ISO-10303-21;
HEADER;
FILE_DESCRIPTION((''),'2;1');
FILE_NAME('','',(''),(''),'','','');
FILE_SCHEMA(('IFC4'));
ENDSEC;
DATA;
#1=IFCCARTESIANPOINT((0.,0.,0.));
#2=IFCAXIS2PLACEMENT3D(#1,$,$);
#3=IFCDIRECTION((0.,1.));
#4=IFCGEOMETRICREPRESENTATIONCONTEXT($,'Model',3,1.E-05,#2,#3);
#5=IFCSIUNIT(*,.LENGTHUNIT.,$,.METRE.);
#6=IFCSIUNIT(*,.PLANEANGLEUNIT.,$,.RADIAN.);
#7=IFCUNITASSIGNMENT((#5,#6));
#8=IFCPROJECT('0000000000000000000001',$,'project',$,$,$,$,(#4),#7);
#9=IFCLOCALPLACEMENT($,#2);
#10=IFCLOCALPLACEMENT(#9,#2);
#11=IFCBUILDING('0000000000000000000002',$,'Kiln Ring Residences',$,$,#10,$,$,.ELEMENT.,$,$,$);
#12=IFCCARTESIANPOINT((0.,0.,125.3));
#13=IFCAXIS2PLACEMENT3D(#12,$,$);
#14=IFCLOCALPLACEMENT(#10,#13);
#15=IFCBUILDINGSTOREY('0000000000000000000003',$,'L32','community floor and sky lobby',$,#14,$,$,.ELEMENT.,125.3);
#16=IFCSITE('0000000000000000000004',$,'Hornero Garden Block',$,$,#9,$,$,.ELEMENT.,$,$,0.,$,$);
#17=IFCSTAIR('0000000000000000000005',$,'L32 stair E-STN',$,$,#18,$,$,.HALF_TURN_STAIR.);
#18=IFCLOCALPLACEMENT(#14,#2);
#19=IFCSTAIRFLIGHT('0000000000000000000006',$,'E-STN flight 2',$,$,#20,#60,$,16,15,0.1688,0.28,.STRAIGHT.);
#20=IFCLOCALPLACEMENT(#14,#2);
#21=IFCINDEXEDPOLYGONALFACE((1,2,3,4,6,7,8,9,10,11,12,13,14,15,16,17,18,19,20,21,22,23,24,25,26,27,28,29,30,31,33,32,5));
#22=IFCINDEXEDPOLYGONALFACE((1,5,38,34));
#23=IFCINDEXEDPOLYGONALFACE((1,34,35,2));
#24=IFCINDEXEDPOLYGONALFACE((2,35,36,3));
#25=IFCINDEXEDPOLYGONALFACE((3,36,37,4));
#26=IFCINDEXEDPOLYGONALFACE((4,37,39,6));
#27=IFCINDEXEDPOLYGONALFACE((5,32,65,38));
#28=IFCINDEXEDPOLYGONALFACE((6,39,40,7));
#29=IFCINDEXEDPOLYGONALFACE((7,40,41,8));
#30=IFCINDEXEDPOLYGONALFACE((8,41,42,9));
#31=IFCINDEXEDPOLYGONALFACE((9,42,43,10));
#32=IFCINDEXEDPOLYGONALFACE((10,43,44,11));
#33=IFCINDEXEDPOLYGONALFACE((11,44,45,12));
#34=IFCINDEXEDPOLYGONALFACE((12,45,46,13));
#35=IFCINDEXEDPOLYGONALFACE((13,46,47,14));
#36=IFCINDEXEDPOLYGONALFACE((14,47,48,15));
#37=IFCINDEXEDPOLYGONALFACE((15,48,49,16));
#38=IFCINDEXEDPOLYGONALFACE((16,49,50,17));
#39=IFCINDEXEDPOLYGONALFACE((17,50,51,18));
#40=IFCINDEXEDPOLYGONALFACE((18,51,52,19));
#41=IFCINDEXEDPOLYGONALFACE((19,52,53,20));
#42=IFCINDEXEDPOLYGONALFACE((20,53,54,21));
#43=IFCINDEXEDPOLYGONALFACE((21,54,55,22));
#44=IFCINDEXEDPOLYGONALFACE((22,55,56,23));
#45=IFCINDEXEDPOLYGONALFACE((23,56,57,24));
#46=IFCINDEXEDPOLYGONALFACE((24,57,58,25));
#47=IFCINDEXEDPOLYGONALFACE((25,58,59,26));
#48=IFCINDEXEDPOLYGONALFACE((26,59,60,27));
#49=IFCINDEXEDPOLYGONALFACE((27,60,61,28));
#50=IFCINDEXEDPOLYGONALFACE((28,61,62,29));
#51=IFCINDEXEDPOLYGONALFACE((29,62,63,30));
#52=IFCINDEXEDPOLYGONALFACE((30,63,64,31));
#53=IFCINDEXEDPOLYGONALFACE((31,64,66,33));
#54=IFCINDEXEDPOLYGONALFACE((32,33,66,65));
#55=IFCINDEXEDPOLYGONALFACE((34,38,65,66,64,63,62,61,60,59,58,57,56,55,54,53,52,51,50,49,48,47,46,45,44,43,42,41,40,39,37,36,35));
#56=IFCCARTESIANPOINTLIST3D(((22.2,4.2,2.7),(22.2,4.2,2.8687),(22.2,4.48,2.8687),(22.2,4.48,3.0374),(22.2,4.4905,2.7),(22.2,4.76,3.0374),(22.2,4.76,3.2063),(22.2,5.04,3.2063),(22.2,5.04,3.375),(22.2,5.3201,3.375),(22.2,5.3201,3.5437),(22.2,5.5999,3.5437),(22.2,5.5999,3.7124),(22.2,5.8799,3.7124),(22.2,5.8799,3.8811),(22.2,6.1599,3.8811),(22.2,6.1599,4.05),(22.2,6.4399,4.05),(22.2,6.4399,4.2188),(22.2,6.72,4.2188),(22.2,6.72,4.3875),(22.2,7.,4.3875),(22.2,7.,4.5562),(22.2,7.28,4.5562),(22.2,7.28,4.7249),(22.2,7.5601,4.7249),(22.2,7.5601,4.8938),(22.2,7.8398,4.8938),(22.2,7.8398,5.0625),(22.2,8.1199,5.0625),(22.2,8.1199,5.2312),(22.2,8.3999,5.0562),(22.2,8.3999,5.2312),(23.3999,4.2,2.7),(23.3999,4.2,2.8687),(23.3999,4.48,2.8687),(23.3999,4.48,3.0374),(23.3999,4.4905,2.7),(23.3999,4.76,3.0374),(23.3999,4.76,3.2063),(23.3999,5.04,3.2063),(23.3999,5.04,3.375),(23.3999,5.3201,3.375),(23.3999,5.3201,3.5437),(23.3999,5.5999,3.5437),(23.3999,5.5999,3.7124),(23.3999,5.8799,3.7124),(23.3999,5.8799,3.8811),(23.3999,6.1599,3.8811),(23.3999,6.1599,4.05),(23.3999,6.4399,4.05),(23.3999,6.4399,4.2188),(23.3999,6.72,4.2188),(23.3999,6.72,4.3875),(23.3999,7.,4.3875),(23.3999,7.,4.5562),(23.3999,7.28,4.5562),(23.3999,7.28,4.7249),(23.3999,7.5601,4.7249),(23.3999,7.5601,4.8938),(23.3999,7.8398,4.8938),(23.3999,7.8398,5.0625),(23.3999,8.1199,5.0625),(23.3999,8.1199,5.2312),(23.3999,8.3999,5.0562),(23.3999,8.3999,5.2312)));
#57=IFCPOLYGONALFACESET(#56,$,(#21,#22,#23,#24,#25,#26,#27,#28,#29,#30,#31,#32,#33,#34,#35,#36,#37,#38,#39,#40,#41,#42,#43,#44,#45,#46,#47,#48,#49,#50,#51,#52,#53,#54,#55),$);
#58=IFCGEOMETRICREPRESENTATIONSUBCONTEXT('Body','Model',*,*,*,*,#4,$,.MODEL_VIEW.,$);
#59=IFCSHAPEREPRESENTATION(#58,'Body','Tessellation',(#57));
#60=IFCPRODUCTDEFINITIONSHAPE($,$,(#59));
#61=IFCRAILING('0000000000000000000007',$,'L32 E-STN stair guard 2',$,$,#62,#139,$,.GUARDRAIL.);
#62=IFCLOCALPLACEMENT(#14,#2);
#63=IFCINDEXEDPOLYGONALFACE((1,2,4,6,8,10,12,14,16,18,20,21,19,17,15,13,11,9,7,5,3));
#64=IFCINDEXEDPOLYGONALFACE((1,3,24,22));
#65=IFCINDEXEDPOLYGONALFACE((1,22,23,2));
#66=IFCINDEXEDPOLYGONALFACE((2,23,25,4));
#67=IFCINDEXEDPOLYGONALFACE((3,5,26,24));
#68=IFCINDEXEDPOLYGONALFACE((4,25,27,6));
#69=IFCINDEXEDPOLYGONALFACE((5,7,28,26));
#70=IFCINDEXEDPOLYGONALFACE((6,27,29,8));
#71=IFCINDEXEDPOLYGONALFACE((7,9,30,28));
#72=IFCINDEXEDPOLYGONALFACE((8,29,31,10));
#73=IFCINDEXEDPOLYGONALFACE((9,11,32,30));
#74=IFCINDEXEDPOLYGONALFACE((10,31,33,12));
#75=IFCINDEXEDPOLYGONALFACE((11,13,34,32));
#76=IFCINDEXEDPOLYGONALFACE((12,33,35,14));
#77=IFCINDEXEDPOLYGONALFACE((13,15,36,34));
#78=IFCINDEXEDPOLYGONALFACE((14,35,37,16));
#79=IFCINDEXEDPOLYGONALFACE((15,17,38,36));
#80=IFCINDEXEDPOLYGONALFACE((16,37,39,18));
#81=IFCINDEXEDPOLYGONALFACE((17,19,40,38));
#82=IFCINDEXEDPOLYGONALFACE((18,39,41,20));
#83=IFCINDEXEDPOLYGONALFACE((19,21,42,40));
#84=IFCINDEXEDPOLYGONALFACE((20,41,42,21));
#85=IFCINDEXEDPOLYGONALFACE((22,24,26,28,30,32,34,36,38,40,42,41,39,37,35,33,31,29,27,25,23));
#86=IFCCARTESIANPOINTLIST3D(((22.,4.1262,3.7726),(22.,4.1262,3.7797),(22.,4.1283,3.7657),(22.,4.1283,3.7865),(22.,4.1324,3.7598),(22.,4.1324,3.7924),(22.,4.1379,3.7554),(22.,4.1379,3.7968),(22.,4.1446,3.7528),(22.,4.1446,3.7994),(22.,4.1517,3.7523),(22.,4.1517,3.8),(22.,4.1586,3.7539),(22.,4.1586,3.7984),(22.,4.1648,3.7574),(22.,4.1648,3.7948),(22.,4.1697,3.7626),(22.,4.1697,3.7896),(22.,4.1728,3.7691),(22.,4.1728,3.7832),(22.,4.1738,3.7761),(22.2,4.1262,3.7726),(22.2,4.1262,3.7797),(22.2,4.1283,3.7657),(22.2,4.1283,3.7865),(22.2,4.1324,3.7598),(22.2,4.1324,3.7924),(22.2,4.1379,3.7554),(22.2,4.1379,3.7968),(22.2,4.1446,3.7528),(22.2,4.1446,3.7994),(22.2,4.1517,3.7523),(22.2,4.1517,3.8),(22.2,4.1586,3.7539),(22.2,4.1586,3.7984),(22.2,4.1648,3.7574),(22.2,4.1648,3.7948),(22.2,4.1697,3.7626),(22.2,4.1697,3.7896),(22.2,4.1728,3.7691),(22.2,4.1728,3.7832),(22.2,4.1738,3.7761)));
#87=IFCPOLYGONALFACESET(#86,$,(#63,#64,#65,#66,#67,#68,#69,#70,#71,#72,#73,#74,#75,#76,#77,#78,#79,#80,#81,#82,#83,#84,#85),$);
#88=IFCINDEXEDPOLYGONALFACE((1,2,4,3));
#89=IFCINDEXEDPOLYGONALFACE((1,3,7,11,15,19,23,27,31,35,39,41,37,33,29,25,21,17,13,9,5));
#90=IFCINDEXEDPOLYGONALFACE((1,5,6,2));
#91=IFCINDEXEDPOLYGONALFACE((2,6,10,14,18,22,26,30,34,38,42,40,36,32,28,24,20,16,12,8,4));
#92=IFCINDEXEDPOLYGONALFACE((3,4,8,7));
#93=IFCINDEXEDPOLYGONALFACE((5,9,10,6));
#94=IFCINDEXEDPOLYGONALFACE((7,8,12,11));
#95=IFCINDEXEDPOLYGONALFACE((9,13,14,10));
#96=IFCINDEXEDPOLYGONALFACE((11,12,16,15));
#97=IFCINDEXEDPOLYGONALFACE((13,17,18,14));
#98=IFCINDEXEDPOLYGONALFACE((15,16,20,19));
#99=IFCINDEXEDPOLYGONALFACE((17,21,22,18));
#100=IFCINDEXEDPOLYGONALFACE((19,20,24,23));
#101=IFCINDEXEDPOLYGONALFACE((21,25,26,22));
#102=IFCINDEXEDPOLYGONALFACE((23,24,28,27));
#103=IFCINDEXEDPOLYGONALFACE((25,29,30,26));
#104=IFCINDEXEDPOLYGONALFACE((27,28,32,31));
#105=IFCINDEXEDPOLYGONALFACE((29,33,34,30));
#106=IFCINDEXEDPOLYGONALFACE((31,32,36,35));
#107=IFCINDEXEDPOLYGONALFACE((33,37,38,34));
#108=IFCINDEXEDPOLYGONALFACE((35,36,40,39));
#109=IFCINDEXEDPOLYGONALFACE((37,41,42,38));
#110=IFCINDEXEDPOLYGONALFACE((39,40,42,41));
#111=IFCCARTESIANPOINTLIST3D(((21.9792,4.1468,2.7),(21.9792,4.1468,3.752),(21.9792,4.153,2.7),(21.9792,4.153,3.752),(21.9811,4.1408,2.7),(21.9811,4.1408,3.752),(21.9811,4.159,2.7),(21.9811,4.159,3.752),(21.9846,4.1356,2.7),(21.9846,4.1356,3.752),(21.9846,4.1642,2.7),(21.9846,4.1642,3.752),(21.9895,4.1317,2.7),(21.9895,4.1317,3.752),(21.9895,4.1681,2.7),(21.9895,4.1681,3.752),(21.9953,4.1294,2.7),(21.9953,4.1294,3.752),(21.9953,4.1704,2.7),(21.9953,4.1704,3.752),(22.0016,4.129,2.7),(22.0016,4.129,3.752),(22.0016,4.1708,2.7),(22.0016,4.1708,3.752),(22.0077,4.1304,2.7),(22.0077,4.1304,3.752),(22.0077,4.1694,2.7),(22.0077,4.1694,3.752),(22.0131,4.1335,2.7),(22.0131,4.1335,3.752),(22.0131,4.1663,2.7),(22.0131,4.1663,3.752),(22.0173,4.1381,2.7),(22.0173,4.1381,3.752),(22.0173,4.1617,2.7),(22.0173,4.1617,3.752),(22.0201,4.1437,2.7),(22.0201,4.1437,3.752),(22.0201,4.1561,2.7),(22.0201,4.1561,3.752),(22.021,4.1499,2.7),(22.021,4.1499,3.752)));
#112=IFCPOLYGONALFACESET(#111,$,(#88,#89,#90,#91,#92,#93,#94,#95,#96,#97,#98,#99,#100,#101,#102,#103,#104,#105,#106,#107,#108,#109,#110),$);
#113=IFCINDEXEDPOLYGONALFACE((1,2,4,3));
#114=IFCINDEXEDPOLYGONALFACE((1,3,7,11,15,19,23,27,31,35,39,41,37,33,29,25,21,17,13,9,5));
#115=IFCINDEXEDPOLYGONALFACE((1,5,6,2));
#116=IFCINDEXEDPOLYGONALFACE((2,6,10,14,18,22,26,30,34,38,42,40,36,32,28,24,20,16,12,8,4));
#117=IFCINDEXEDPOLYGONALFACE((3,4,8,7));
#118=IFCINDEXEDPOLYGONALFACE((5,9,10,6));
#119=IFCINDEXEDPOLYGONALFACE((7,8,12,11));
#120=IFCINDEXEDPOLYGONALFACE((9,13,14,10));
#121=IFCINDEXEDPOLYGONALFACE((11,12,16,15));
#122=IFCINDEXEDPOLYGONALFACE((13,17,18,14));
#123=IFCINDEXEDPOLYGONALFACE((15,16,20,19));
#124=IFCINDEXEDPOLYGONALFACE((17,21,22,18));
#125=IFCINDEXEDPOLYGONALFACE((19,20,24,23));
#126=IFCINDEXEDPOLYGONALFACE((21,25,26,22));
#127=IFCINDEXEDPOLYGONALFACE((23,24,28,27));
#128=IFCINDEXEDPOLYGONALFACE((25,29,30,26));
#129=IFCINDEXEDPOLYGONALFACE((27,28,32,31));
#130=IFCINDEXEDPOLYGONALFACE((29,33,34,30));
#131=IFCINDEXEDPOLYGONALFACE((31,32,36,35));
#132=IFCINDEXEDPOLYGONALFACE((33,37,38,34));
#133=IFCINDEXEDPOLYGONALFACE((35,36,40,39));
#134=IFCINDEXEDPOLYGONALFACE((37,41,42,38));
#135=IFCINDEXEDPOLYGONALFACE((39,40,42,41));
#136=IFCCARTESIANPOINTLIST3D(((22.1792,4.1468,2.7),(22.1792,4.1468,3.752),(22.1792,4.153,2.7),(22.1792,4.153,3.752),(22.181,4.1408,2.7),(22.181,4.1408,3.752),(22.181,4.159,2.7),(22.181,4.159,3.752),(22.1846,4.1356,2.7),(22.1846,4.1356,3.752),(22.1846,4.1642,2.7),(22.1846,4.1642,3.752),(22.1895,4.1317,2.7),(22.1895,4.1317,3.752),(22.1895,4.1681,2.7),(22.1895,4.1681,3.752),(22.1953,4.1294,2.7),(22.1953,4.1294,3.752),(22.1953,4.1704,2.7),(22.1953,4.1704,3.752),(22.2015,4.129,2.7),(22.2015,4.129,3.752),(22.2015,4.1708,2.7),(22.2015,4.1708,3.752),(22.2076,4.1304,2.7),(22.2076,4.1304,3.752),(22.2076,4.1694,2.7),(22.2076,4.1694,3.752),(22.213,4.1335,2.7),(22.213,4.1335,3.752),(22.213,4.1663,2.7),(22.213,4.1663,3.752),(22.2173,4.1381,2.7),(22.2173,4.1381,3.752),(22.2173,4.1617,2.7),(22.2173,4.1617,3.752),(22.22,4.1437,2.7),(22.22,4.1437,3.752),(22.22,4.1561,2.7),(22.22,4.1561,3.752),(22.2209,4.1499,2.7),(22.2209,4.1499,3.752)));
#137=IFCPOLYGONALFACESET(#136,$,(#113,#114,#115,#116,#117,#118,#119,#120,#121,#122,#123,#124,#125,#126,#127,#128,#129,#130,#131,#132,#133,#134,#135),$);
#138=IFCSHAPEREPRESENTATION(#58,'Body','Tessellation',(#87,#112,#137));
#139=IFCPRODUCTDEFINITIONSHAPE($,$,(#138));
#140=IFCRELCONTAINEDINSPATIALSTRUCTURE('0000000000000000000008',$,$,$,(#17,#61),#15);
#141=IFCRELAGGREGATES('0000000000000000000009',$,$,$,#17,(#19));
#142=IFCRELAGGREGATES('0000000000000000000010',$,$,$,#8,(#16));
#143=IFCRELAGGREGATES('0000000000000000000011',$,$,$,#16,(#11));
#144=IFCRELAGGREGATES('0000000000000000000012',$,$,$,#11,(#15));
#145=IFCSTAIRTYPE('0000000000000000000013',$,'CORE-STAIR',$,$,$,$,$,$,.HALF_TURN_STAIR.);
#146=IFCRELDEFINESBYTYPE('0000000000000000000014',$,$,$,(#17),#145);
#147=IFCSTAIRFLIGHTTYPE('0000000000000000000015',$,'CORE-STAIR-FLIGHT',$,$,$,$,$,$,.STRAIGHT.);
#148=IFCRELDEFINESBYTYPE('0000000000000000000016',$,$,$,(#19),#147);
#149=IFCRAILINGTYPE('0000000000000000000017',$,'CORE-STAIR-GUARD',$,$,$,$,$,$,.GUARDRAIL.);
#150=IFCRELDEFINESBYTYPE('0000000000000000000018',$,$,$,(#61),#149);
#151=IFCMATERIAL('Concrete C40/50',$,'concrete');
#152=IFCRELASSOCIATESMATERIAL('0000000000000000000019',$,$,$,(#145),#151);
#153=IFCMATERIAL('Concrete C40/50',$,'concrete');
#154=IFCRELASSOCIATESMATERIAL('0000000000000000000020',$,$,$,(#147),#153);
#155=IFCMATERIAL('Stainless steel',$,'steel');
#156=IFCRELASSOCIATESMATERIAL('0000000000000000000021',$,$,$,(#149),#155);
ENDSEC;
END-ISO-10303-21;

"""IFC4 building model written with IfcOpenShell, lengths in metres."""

from ifc_helpers import new_model, si_unit, direction, frame, origin, origin_2d, place, context, subcontext, project, spatial, polyline, circle, outline, extrude, material, type_object, element, aggregate, save


model = new_model("IFC4")

# Units and contexts
model_context = context("Model", 3, precision=1e-05, world=origin(), true_north=direction((0.0, 1.0)))
body_context = subcontext(model_context, "Body", "Model", "MODEL_VIEW")
ifc_project = project(units=[si_unit("LENGTHUNIT", "METRE"), si_unit("PLANEANGLEUNIT", "RADIAN")], contexts=[model_context])

# Site, building, storey
site_placement = place(None, origin())
site = spatial("IfcSite", under=ifc_project, at=site_placement, Name="Hornero Garden Block", CompositionType="ELEMENT", RefElevation=0.0)
building_placement = place(site_placement, origin())
building = spatial("IfcBuilding", under=site, at=building_placement, Name="Kiln Ring Residences", CompositionType="ELEMENT")
storey_placement = place(building_placement, frame((0.0, 0.0, 125.3)))
storey = spatial("IfcBuildingStorey", under=building, at=storey_placement, Name="L32", Description="community floor and sky lobby", CompositionType="ELEMENT", Elevation=125.3)

# Shared definitions
placement = place(storey_placement, origin())

# Stair, stair flight
ifc_material_1 = material(Name="Concrete C40/50", Category="concrete")
stair_type = type_object("IfcStairType", Name="CORE-STAIR", PredefinedType="HALF_TURN_STAIR", material=ifc_material_1)
stair = element("IfcStair", 1, at=placement, inside=storey, type_object=stair_type, Name="L32 stair E-STN", PredefinedType="HALF_TURN_STAIR")
ifc_material_2 = material(Name="Concrete C40/50", Category="concrete")
stair_flight_type = type_object("IfcStairFlightType", Name="CORE-STAIR-FLIGHT", PredefinedType="STRAIGHT", material=ifc_material_2)
stair_flight_placement = place(storey_placement, frame((22.8, 4.2, 2.7), z_axis=(0.0, 0.0, 1.0), x_axis=(0.0, 1.0, 0.0)))
stair_flight = element("IfcStairFlight", 2, at=stair_flight_placement, type_object=stair_flight_type, Name="E-STN flight 2", NumberOfRisers=16, NumberOfTreads=15, PredefinedType="STRAIGHT", RiserHeight=0.1688, TreadLength=0.28, context=body_context, shape_type="SweptSolid", body=[
    extrude(outline(polyline([(0.0, 0.0), (0.0, 0.1687), (0.28, 0.1687), (0.28, 0.3374), (0.5601, 0.3374), (0.5601, 0.5063), (0.8401, 0.5063), (0.8401, 0.675), (1.1201, 0.675), (1.1201, 0.8438), (1.3999, 0.8438), (1.3999, 1.0125), (1.6799, 1.0125), (1.6799, 1.1812), (1.96, 1.1812), (1.96, 1.3501), (2.24, 1.3501), (2.24, 1.5188), (2.52, 1.5188), (2.52, 1.6875), (2.8, 1.6875), (2.8, 1.8562), (3.0801, 1.8562), (3.0801, 2.0249), (3.3601, 2.0249), (3.3601, 2.1938), (3.6399, 2.1938), (3.6399, 2.3625), (3.9199, 2.3625), (3.9199, 2.5312), (4.2, 2.5312), (4.2, 2.7), (4.2, 2.3562), (0.2905, 0.0), (0.0, 0.0)])), frame((0.0, 0.6001, 0.0), z_axis=(0.0, -1.0, 0.0), x_axis=(1.0, 0.0, 0.0)), (0.0, 0.0, 1.0), 1.2),
])
aggregate(stair, [stair_flight])

# Railing
ifc_material_3 = material(Name="Stainless steel", Category="steel")
railing_type_1 = type_object("IfcRailingType", Name="CORE-STAIR-GUARD", PredefinedType="GUARDRAIL", material=ifc_material_3)
railing_1_placement = place(storey_placement, frame((22.0, 4.1499, 2.7)))
element("IfcRailing", 3, at=railing_1_placement, inside=storey, type_object=railing_type_1, Name="L32 E-STN stair guard 2", PredefinedType="GUARDRAIL", context=body_context, shape_type="SweptSolid", body=[
    extrude(circle(Radius=0.0239, at=origin_2d()), frame((0.0, 0.0, 1.0762), z_axis=(1.0, 0.0, 0.0), x_axis=(0.0, 1.0, 0.0)), (0.0, 0.0, 1.0), 0.2),
    extrude(circle(Radius=0.021, at=origin_2d()), origin(), (0.0, 0.0, 1.0), 1.052),
    extrude(circle(Radius=0.021, at=origin_2d()), frame((0.2, 0.0, 0.0)), (0.0, 0.0, 1.0), 1.052),
])

save(model, "model.ifc")
